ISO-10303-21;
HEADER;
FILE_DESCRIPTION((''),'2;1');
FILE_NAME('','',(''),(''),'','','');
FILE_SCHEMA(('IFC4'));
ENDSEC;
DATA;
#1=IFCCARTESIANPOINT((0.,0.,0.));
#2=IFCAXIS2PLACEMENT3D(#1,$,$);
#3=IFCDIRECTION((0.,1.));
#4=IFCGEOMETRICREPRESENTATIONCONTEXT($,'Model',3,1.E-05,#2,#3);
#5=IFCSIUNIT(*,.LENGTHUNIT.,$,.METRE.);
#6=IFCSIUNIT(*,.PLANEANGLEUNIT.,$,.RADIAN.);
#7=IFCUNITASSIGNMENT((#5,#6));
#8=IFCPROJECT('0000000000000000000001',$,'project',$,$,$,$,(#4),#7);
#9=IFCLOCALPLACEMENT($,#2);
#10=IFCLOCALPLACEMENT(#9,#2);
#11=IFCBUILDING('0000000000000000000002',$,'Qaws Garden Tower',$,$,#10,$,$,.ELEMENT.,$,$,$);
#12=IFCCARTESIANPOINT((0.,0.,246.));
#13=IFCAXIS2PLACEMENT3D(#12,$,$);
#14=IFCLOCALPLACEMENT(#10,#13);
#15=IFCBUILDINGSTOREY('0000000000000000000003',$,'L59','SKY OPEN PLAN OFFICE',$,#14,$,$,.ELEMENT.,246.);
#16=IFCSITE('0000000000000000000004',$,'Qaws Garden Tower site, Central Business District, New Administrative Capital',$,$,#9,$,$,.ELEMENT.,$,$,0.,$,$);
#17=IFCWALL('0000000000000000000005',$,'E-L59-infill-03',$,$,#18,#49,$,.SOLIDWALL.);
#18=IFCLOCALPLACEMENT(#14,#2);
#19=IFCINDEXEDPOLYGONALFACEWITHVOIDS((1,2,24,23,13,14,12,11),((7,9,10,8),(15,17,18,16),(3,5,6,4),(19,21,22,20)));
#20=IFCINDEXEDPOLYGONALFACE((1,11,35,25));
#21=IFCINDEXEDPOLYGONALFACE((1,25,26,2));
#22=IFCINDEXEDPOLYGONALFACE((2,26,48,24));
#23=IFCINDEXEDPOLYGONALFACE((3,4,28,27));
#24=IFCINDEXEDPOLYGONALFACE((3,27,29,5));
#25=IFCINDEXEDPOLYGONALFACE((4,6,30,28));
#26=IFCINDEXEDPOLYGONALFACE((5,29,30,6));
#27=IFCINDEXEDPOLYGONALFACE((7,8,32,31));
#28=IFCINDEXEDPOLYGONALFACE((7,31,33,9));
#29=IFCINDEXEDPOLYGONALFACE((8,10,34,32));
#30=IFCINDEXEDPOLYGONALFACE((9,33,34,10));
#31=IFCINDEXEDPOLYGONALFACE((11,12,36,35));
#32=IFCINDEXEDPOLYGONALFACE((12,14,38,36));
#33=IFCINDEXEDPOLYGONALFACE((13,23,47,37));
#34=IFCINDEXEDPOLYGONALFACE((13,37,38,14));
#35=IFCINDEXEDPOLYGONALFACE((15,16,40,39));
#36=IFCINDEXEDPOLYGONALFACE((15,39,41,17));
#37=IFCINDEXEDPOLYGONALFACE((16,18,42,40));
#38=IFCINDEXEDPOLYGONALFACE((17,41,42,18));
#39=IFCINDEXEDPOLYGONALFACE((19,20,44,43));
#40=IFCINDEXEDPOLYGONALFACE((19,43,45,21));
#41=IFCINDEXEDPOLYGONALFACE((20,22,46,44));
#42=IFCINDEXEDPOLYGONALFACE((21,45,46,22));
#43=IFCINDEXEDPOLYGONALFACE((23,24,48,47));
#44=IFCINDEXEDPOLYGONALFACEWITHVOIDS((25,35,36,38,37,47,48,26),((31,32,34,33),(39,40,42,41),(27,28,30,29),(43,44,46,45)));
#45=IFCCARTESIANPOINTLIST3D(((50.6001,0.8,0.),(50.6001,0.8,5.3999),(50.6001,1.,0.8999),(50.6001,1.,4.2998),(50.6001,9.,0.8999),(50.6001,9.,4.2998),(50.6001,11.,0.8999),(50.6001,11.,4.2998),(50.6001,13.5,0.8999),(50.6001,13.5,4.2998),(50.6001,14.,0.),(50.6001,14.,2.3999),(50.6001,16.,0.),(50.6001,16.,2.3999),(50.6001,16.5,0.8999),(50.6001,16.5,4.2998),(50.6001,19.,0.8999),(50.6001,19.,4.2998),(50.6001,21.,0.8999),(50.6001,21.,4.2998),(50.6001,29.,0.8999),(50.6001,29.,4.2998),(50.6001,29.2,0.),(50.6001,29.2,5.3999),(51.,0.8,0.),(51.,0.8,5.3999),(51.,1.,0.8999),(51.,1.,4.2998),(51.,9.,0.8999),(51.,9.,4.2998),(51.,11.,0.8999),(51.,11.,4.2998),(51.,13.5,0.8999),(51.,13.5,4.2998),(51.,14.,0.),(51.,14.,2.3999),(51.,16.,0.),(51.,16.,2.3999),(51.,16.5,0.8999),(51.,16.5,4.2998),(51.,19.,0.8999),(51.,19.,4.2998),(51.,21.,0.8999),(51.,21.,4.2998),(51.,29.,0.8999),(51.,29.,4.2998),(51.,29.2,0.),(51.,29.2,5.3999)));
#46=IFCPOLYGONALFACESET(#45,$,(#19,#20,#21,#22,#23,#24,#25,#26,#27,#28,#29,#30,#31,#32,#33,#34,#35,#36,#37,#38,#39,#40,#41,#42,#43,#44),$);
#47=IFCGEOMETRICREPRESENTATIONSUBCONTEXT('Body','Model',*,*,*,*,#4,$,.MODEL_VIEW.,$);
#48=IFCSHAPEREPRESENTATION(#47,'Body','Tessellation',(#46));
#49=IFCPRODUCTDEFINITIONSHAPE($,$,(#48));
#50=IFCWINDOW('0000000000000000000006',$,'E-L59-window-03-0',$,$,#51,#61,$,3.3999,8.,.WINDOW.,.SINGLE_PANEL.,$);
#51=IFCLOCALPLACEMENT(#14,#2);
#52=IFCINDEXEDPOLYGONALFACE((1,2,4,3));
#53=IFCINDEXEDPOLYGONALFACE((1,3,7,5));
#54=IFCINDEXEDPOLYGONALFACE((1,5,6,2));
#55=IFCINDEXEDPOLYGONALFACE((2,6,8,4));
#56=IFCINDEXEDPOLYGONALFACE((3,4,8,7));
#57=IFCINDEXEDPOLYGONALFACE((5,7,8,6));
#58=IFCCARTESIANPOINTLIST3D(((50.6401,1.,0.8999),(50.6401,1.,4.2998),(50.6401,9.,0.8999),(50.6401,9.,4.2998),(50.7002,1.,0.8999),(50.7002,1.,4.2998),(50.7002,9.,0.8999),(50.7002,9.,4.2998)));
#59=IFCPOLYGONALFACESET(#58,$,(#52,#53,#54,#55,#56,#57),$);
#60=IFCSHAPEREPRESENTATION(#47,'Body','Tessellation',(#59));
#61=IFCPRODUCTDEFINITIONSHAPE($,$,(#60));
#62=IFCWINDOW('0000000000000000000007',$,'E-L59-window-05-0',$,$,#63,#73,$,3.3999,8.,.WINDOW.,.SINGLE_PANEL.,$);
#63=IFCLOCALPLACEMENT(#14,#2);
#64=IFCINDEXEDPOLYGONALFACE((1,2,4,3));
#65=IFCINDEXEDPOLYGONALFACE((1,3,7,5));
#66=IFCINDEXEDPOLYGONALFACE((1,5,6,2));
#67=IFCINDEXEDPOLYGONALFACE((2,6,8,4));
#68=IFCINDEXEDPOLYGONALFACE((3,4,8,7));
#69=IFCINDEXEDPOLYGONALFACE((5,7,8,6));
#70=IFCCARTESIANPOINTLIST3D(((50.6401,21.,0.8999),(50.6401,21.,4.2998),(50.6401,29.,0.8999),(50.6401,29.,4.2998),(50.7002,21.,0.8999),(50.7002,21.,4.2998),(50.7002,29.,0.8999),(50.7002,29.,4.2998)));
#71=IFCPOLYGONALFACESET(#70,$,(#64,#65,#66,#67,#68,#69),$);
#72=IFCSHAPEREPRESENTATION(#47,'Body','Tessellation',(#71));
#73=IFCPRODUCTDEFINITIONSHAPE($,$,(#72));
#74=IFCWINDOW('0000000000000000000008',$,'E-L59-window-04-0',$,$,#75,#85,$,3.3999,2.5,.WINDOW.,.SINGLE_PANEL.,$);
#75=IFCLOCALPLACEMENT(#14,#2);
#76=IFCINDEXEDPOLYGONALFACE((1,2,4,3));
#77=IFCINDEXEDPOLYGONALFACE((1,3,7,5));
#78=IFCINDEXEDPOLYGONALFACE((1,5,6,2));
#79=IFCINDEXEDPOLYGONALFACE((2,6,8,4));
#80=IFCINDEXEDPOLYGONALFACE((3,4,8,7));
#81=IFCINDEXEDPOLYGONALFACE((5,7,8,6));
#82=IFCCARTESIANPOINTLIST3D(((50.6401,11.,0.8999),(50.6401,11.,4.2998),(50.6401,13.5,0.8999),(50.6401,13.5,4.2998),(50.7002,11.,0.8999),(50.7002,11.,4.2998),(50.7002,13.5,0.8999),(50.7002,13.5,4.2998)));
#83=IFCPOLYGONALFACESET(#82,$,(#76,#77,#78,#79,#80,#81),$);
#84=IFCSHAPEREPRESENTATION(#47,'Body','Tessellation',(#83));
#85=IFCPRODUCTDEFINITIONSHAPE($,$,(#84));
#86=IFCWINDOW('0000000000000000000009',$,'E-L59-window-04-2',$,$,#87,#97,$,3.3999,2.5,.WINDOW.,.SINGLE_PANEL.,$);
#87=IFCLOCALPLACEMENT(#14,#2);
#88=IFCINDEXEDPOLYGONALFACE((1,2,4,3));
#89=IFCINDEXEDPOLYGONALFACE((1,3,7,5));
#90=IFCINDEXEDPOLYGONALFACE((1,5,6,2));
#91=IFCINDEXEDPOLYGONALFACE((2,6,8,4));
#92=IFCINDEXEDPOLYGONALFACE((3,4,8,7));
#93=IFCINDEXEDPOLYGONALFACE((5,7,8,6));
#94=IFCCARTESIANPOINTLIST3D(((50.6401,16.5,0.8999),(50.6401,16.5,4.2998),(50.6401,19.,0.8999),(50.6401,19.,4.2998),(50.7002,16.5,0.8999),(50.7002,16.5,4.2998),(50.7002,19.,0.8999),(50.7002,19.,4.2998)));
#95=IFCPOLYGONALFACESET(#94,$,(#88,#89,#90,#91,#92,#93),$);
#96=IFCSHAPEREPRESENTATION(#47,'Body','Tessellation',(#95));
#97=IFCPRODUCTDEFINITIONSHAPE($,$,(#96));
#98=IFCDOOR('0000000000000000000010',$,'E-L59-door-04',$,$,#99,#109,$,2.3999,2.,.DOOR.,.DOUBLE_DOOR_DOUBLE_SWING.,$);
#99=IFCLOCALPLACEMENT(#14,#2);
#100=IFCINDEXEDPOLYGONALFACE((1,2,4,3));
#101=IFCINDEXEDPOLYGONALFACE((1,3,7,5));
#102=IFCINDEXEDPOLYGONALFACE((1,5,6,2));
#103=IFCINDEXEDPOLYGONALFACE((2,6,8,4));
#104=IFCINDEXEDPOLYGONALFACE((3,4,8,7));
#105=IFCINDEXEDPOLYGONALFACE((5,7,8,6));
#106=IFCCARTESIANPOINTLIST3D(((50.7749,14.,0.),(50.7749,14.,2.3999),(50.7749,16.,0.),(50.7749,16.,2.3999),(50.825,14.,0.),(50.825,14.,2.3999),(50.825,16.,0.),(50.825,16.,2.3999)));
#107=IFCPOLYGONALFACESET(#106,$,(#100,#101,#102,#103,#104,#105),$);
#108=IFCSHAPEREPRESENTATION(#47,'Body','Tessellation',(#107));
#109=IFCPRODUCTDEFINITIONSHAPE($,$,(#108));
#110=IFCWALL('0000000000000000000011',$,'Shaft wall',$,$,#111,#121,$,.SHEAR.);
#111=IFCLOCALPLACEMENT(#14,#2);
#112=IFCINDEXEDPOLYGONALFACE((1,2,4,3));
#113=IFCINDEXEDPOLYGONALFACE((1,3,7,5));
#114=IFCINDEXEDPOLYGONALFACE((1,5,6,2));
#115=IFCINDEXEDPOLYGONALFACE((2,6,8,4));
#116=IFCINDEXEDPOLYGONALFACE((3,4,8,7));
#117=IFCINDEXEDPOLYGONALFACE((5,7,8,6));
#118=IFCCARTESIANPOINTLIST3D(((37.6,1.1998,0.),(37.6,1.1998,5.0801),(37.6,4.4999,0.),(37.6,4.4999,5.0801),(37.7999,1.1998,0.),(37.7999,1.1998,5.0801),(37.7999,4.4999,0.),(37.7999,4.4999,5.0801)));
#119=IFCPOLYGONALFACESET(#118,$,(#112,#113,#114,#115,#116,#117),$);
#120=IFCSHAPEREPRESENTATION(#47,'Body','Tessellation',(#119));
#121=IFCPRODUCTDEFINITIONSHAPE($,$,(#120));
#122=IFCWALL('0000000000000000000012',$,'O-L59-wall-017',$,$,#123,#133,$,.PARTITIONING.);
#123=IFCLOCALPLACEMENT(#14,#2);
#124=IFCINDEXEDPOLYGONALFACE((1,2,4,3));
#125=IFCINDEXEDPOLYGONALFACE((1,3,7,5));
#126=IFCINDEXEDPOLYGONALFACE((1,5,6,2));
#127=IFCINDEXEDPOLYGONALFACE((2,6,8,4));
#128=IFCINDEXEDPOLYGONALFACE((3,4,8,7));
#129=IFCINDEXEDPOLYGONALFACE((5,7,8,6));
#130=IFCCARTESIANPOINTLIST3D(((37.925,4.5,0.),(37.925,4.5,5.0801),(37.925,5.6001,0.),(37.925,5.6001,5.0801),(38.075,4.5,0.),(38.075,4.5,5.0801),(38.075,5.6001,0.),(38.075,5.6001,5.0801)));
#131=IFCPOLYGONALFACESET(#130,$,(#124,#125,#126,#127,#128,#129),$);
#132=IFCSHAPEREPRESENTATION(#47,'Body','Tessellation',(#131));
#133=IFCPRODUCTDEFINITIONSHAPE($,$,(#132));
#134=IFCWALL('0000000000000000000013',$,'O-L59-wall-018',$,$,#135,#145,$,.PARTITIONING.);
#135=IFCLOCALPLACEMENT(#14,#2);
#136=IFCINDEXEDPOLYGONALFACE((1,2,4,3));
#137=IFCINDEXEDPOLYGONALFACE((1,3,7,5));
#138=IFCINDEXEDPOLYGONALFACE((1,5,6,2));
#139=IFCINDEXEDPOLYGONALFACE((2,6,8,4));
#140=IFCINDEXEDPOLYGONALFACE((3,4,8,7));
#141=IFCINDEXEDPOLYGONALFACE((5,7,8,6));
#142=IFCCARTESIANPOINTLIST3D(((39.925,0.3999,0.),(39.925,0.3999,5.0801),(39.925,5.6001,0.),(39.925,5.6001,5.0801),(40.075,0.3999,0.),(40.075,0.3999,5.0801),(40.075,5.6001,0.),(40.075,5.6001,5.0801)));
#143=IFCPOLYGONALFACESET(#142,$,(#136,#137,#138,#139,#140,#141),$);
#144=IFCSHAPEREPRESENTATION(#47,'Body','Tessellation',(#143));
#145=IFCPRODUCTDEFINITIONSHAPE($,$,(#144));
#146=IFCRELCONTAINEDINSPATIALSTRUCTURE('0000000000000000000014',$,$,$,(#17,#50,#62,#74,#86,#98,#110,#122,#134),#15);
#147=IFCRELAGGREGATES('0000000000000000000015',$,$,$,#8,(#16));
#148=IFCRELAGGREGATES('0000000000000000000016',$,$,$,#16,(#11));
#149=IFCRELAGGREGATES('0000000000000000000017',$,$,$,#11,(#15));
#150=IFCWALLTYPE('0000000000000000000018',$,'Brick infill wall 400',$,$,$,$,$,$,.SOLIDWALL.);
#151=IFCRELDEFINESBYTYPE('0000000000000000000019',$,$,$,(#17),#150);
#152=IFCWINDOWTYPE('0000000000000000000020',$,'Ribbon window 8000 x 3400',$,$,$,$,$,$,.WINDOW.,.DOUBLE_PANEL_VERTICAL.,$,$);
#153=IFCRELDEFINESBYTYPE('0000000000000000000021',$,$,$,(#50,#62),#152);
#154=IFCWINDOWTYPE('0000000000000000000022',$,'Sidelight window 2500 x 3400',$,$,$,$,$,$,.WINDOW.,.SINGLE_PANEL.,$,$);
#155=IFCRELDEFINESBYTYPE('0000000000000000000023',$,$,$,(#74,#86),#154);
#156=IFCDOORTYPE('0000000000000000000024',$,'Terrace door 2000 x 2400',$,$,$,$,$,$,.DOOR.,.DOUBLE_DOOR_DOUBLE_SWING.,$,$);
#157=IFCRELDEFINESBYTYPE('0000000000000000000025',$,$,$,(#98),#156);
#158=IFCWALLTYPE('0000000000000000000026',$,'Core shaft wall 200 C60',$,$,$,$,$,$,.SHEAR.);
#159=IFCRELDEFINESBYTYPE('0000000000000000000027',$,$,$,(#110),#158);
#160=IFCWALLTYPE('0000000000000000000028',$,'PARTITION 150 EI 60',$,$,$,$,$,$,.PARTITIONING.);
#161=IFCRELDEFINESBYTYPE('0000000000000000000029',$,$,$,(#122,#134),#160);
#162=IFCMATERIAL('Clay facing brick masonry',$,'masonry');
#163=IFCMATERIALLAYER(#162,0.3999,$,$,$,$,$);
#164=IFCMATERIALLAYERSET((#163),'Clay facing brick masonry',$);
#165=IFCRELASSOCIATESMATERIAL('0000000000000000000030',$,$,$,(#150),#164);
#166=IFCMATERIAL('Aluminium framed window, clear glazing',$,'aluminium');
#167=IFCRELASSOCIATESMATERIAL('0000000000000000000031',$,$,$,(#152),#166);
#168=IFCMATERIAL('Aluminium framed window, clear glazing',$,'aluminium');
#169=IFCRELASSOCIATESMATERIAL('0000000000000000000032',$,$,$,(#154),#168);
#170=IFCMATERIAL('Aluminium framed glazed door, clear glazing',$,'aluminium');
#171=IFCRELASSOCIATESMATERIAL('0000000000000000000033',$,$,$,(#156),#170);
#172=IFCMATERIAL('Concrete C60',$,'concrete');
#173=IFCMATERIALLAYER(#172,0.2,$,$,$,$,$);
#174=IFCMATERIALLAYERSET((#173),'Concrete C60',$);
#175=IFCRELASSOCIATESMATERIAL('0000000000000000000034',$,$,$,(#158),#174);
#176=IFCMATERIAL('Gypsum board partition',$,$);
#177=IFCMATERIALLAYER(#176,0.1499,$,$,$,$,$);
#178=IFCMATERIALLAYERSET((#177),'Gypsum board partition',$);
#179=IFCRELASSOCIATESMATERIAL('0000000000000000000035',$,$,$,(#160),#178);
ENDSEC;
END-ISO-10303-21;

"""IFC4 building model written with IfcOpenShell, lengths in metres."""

from ifc_helpers import new_model, si_unit, direction, frame, frame_2d, origin, place, context, subcontext, project, spatial, rectangle, extrude, material, layer, layer_set, type_object, element, fill, save


model = new_model("IFC4")

# Units and contexts
model_context = context("Model", 3, precision=1e-05, world=origin(), true_north=direction((0.0, 1.0)))
body_context = subcontext(model_context, "Body", "Model", "MODEL_VIEW")
ifc_project = project(units=[si_unit("LENGTHUNIT", "METRE"), si_unit("PLANEANGLEUNIT", "RADIAN")], contexts=[model_context])

# Site, building, storey
site_placement = place(None, origin())
site = spatial("IfcSite", under=ifc_project, at=site_placement, Name="Qaws Garden Tower site, Central Business District, New Administrative Capital", CompositionType="ELEMENT", RefElevation=0.0)
building_placement = place(site_placement, origin())
building = spatial("IfcBuilding", under=site, at=building_placement, Name="Qaws Garden Tower", CompositionType="ELEMENT")
storey_placement = place(building_placement, frame((0.0, 0.0, 246.0)))
storey = spatial("IfcBuildingStorey", under=building, at=storey_placement, Name="L59", Description="SKY OPEN PLAN OFFICE", CompositionType="ELEMENT", Elevation=246.0)

# Wall, openings, windows, door
ifc_material_1 = material(Name="Clay facing brick masonry", Category="masonry")
ifc_layer_1 = layer(ifc_material_1, 0.3999)
ifc_layer_set_1 = layer_set([ifc_layer_1], Name="Clay facing brick masonry")
wall_type_1 = type_object("IfcWallType", Name="Brick infill wall 400", PredefinedType="SOLIDWALL", material=ifc_layer_set_1)
wall_1_placement = place(storey_placement, frame((50.8, 0.8, 0.0), z_axis=(0.0, 0.0, 1.0), x_axis=(0.0, 1.0, 0.0)))
wall_1 = element("IfcWall", 1, at=wall_1_placement, inside=storey, type_object=wall_type_1, Name="E-L59-infill-03", PredefinedType="SOLIDWALL", context=body_context, shape_type="SweptSolid", body=[
    extrude(rectangle(XDim=28.3999, YDim=0.3999, at=frame_2d((14.2, 0.0))), origin(), (0.0, 0.0, 1.0), 5.3999),
])
opening_1_placement = place(wall_1_placement, frame((0.2, 0.0, 0.8999)))
opening_1 = element("IfcOpeningElement", 2, at=opening_1_placement, cuts=wall_1, PredefinedType="OPENING", context=body_context, shape_type="SweptSolid", body=[
    extrude(rectangle(XDim=8.0, YDim=3.3999, at=frame_2d((4.0, 1.7))), frame((0.0, 0.21, 0.0), z_axis=(0.0, -1.0, 0.0), x_axis=(1.0, 0.0, 0.0)), (0.0, 0.0, 1.0), 0.4199),
])
opening_2_placement = place(wall_1_placement, frame((10.2, 0.0, 0.8999)))
opening_2 = element("IfcOpeningElement", 3, at=opening_2_placement, cuts=wall_1, PredefinedType="OPENING", context=body_context, shape_type="SweptSolid", body=[
    extrude(rectangle(XDim=2.5, YDim=3.3999, at=frame_2d((1.25, 1.7))), frame((0.0, 0.21, 0.0), z_axis=(0.0, -1.0, 0.0), x_axis=(1.0, 0.0, 0.0)), (0.0, 0.0, 1.0), 0.4199),
])
opening_3_placement = place(wall_1_placement, frame((13.2, 0.0, 0.0)))
opening_3 = element("IfcOpeningElement", 4, at=opening_3_placement, cuts=wall_1, PredefinedType="OPENING", context=body_context, shape_type="SweptSolid", body=[
    extrude(rectangle(XDim=2.0, YDim=2.3999, at=frame_2d((1.0, 1.2))), frame((0.0, 0.21, 0.0), z_axis=(0.0, -1.0, 0.0), x_axis=(1.0, 0.0, 0.0)), (0.0, 0.0, 1.0), 0.4199),
])
opening_4_placement = place(wall_1_placement, frame((15.7, 0.0, 0.8999)))
opening_4 = element("IfcOpeningElement", 5, at=opening_4_placement, cuts=wall_1, PredefinedType="OPENING", context=body_context, shape_type="SweptSolid", body=[
    extrude(rectangle(XDim=2.5, YDim=3.3999, at=frame_2d((1.25, 1.7))), frame((0.0, 0.21, 0.0), z_axis=(0.0, -1.0, 0.0), x_axis=(1.0, 0.0, 0.0)), (0.0, 0.0, 1.0), 0.4199),
])
opening_5_placement = place(wall_1_placement, frame((20.2, 0.0, 0.8999)))
opening_5 = element("IfcOpeningElement", 6, at=opening_5_placement, cuts=wall_1, PredefinedType="OPENING", context=body_context, shape_type="SweptSolid", body=[
    extrude(rectangle(XDim=8.0, YDim=3.3999, at=frame_2d((4.0, 1.7))), frame((0.0, 0.21, 0.0), z_axis=(0.0, -1.0, 0.0), x_axis=(1.0, 0.0, 0.0)), (0.0, 0.0, 1.0), 0.4199),
])
ifc_material_2 = material(Name="Aluminium framed window, clear glazing", Category="aluminium")
window_type_1 = type_object("IfcWindowType", Name="Ribbon window 8000 x 3400", PartitioningType="DOUBLE_PANEL_VERTICAL", PredefinedType="WINDOW", material=ifc_material_2)
window_1_placement = place(opening_1_placement, origin())
window_1 = element("IfcWindow", 7, at=window_1_placement, inside=storey, type_object=window_type_1, Name="E-L59-window-03-0", OverallHeight=3.3999, OverallWidth=8.0, PartitioningType="SINGLE_PANEL", PredefinedType="WINDOW", context=body_context, shape_type="SweptSolid", body=[
    extrude(rectangle(XDim=8.0, YDim=3.3999, at=frame_2d((4.0, 1.7))), frame((0.0, 0.1599, 0.0), z_axis=(0.0, -1.0, 0.0), x_axis=(1.0, 0.0, 0.0)), (0.0, 0.0, 1.0), 0.0601),
])
fill(opening_1, window_1)
window_2_placement = place(opening_5_placement, origin())
window_2 = element("IfcWindow", 8, at=window_2_placement, inside=storey, type_object=window_type_1, Name="E-L59-window-05-0", OverallHeight=3.3999, OverallWidth=8.0, PartitioningType="SINGLE_PANEL", PredefinedType="WINDOW", context=body_context, shape_type="SweptSolid", body=[
    extrude(rectangle(XDim=8.0, YDim=3.3999, at=frame_2d((4.0, 1.7))), frame((0.0, 0.1599, 0.0), z_axis=(0.0, -1.0, 0.0), x_axis=(1.0, 0.0, 0.0)), (0.0, 0.0, 1.0), 0.0601),
])
fill(opening_5, window_2)
ifc_material_3 = material(Name="Aluminium framed window, clear glazing", Category="aluminium")
window_type_2 = type_object("IfcWindowType", Name="Sidelight window 2500 x 3400", PartitioningType="SINGLE_PANEL", PredefinedType="WINDOW", material=ifc_material_3)
window_3_placement = place(opening_2_placement, origin())
window_3 = element("IfcWindow", 9, at=window_3_placement, inside=storey, type_object=window_type_2, Name="E-L59-window-04-0", OverallHeight=3.3999, OverallWidth=2.5, PartitioningType="SINGLE_PANEL", PredefinedType="WINDOW", context=body_context, shape_type="SweptSolid", body=[
    extrude(rectangle(XDim=2.5, YDim=3.3999, at=frame_2d((1.25, 1.7))), frame((0.0, 0.1599, 0.0), z_axis=(0.0, -1.0, 0.0), x_axis=(1.0, 0.0, 0.0)), (0.0, 0.0, 1.0), 0.0601),
])
fill(opening_2, window_3)
window_4_placement = place(opening_4_placement, origin())
window_4 = element("IfcWindow", 10, at=window_4_placement, inside=storey, type_object=window_type_2, Name="E-L59-window-04-2", OverallHeight=3.3999, OverallWidth=2.5, PartitioningType="SINGLE_PANEL", PredefinedType="WINDOW", context=body_context, shape_type="SweptSolid", body=[
    extrude(rectangle(XDim=2.5, YDim=3.3999, at=frame_2d((1.25, 1.7))), frame((0.0, 0.1599, 0.0), z_axis=(0.0, -1.0, 0.0), x_axis=(1.0, 0.0, 0.0)), (0.0, 0.0, 1.0), 0.0601),
])
fill(opening_4, window_4)
ifc_material_4 = material(Name="Aluminium framed glazed door, clear glazing", Category="aluminium")
door_type_1 = type_object("IfcDoorType", Name="Terrace door 2000 x 2400", OperationType="DOUBLE_DOOR_DOUBLE_SWING", PredefinedType="DOOR", material=ifc_material_4)
door_1_placement = place(opening_3_placement, frame((2.0, 0.0, 0.0), z_axis=(0.0, 0.0, 1.0), x_axis=(-1.0, 0.0, 0.0)))
door_1 = element("IfcDoor", 11, at=door_1_placement, inside=storey, type_object=door_type_1, Name="E-L59-door-04", OperationType="DOUBLE_DOOR_DOUBLE_SWING", OverallHeight=2.3999, OverallWidth=2.0, PredefinedType="DOOR", context=body_context, shape_type="SweptSolid", body=[
    extrude(rectangle(XDim=2.0, YDim=2.3999, at=frame_2d((1.0, 1.2))), frame((0.0, 0.0249, 0.0), z_axis=(0.0, -1.0, 0.0), x_axis=(1.0, 0.0, 0.0)), (0.0, 0.0, 1.0), 0.05),
])
fill(opening_3, door_1)

# Walls
ifc_material_5 = material(Name="Concrete C60", Category="concrete")
ifc_layer_2 = layer(ifc_material_5, 0.2)
ifc_layer_set_2 = layer_set([ifc_layer_2], Name="Concrete C60")
wall_type_2 = type_object("IfcWallType", Name="Core shaft wall 200 C60", PredefinedType="SHEAR", material=ifc_layer_set_2)
wall_2_placement = place(storey_placement, frame((37.7, 1.2, 0.0), z_axis=(0.0, 0.0, 1.0), x_axis=(0.0, 1.0, 0.0)))
element("IfcWall", 12, at=wall_2_placement, inside=storey, type_object=wall_type_2, Name="Shaft wall", PredefinedType="SHEAR", context=body_context, shape_type="SweptSolid", body=[
    extrude(rectangle(XDim=3.3, YDim=0.2, at=frame_2d((1.6499, 0.0))), origin(), (0.0, 0.0, 1.0), 5.0801),
])
ifc_material_6 = material(Name="Gypsum board partition")
ifc_layer_3 = layer(ifc_material_6, 0.1499)
ifc_layer_set_3 = layer_set([ifc_layer_3], Name="Gypsum board partition")
wall_type_3 = type_object("IfcWallType", Name="PARTITION 150 EI 60", PredefinedType="PARTITIONING", material=ifc_layer_set_3)
wall_3_placement = place(storey_placement, frame((38.0, 4.5, 0.0), z_axis=(0.0, 0.0, 1.0), x_axis=(0.0, 1.0, 0.0)))
element("IfcWall", 13, at=wall_3_placement, inside=storey, type_object=wall_type_3, Name="O-L59-wall-017", PredefinedType="PARTITIONING", context=body_context, shape_type="SweptSolid", body=[
    extrude(rectangle(XDim=1.1001, YDim=0.1499, at=frame_2d((0.55, 0.0))), origin(), (0.0, 0.0, 1.0), 5.0801),
])
wall_4_placement = place(storey_placement, frame((40.0, 0.3999, 0.0), z_axis=(0.0, 0.0, 1.0), x_axis=(0.0, 1.0, 0.0)))
element("IfcWall", 14, at=wall_4_placement, inside=storey, type_object=wall_type_3, Name="O-L59-wall-018", PredefinedType="PARTITIONING", context=body_context, shape_type="SweptSolid", body=[
    extrude(rectangle(XDim=5.2002, YDim=0.1499, at=frame_2d((2.6001, 0.0))), origin(), (0.0, 0.0, 1.0), 5.0801),
])

save(model, "model.ifc")
